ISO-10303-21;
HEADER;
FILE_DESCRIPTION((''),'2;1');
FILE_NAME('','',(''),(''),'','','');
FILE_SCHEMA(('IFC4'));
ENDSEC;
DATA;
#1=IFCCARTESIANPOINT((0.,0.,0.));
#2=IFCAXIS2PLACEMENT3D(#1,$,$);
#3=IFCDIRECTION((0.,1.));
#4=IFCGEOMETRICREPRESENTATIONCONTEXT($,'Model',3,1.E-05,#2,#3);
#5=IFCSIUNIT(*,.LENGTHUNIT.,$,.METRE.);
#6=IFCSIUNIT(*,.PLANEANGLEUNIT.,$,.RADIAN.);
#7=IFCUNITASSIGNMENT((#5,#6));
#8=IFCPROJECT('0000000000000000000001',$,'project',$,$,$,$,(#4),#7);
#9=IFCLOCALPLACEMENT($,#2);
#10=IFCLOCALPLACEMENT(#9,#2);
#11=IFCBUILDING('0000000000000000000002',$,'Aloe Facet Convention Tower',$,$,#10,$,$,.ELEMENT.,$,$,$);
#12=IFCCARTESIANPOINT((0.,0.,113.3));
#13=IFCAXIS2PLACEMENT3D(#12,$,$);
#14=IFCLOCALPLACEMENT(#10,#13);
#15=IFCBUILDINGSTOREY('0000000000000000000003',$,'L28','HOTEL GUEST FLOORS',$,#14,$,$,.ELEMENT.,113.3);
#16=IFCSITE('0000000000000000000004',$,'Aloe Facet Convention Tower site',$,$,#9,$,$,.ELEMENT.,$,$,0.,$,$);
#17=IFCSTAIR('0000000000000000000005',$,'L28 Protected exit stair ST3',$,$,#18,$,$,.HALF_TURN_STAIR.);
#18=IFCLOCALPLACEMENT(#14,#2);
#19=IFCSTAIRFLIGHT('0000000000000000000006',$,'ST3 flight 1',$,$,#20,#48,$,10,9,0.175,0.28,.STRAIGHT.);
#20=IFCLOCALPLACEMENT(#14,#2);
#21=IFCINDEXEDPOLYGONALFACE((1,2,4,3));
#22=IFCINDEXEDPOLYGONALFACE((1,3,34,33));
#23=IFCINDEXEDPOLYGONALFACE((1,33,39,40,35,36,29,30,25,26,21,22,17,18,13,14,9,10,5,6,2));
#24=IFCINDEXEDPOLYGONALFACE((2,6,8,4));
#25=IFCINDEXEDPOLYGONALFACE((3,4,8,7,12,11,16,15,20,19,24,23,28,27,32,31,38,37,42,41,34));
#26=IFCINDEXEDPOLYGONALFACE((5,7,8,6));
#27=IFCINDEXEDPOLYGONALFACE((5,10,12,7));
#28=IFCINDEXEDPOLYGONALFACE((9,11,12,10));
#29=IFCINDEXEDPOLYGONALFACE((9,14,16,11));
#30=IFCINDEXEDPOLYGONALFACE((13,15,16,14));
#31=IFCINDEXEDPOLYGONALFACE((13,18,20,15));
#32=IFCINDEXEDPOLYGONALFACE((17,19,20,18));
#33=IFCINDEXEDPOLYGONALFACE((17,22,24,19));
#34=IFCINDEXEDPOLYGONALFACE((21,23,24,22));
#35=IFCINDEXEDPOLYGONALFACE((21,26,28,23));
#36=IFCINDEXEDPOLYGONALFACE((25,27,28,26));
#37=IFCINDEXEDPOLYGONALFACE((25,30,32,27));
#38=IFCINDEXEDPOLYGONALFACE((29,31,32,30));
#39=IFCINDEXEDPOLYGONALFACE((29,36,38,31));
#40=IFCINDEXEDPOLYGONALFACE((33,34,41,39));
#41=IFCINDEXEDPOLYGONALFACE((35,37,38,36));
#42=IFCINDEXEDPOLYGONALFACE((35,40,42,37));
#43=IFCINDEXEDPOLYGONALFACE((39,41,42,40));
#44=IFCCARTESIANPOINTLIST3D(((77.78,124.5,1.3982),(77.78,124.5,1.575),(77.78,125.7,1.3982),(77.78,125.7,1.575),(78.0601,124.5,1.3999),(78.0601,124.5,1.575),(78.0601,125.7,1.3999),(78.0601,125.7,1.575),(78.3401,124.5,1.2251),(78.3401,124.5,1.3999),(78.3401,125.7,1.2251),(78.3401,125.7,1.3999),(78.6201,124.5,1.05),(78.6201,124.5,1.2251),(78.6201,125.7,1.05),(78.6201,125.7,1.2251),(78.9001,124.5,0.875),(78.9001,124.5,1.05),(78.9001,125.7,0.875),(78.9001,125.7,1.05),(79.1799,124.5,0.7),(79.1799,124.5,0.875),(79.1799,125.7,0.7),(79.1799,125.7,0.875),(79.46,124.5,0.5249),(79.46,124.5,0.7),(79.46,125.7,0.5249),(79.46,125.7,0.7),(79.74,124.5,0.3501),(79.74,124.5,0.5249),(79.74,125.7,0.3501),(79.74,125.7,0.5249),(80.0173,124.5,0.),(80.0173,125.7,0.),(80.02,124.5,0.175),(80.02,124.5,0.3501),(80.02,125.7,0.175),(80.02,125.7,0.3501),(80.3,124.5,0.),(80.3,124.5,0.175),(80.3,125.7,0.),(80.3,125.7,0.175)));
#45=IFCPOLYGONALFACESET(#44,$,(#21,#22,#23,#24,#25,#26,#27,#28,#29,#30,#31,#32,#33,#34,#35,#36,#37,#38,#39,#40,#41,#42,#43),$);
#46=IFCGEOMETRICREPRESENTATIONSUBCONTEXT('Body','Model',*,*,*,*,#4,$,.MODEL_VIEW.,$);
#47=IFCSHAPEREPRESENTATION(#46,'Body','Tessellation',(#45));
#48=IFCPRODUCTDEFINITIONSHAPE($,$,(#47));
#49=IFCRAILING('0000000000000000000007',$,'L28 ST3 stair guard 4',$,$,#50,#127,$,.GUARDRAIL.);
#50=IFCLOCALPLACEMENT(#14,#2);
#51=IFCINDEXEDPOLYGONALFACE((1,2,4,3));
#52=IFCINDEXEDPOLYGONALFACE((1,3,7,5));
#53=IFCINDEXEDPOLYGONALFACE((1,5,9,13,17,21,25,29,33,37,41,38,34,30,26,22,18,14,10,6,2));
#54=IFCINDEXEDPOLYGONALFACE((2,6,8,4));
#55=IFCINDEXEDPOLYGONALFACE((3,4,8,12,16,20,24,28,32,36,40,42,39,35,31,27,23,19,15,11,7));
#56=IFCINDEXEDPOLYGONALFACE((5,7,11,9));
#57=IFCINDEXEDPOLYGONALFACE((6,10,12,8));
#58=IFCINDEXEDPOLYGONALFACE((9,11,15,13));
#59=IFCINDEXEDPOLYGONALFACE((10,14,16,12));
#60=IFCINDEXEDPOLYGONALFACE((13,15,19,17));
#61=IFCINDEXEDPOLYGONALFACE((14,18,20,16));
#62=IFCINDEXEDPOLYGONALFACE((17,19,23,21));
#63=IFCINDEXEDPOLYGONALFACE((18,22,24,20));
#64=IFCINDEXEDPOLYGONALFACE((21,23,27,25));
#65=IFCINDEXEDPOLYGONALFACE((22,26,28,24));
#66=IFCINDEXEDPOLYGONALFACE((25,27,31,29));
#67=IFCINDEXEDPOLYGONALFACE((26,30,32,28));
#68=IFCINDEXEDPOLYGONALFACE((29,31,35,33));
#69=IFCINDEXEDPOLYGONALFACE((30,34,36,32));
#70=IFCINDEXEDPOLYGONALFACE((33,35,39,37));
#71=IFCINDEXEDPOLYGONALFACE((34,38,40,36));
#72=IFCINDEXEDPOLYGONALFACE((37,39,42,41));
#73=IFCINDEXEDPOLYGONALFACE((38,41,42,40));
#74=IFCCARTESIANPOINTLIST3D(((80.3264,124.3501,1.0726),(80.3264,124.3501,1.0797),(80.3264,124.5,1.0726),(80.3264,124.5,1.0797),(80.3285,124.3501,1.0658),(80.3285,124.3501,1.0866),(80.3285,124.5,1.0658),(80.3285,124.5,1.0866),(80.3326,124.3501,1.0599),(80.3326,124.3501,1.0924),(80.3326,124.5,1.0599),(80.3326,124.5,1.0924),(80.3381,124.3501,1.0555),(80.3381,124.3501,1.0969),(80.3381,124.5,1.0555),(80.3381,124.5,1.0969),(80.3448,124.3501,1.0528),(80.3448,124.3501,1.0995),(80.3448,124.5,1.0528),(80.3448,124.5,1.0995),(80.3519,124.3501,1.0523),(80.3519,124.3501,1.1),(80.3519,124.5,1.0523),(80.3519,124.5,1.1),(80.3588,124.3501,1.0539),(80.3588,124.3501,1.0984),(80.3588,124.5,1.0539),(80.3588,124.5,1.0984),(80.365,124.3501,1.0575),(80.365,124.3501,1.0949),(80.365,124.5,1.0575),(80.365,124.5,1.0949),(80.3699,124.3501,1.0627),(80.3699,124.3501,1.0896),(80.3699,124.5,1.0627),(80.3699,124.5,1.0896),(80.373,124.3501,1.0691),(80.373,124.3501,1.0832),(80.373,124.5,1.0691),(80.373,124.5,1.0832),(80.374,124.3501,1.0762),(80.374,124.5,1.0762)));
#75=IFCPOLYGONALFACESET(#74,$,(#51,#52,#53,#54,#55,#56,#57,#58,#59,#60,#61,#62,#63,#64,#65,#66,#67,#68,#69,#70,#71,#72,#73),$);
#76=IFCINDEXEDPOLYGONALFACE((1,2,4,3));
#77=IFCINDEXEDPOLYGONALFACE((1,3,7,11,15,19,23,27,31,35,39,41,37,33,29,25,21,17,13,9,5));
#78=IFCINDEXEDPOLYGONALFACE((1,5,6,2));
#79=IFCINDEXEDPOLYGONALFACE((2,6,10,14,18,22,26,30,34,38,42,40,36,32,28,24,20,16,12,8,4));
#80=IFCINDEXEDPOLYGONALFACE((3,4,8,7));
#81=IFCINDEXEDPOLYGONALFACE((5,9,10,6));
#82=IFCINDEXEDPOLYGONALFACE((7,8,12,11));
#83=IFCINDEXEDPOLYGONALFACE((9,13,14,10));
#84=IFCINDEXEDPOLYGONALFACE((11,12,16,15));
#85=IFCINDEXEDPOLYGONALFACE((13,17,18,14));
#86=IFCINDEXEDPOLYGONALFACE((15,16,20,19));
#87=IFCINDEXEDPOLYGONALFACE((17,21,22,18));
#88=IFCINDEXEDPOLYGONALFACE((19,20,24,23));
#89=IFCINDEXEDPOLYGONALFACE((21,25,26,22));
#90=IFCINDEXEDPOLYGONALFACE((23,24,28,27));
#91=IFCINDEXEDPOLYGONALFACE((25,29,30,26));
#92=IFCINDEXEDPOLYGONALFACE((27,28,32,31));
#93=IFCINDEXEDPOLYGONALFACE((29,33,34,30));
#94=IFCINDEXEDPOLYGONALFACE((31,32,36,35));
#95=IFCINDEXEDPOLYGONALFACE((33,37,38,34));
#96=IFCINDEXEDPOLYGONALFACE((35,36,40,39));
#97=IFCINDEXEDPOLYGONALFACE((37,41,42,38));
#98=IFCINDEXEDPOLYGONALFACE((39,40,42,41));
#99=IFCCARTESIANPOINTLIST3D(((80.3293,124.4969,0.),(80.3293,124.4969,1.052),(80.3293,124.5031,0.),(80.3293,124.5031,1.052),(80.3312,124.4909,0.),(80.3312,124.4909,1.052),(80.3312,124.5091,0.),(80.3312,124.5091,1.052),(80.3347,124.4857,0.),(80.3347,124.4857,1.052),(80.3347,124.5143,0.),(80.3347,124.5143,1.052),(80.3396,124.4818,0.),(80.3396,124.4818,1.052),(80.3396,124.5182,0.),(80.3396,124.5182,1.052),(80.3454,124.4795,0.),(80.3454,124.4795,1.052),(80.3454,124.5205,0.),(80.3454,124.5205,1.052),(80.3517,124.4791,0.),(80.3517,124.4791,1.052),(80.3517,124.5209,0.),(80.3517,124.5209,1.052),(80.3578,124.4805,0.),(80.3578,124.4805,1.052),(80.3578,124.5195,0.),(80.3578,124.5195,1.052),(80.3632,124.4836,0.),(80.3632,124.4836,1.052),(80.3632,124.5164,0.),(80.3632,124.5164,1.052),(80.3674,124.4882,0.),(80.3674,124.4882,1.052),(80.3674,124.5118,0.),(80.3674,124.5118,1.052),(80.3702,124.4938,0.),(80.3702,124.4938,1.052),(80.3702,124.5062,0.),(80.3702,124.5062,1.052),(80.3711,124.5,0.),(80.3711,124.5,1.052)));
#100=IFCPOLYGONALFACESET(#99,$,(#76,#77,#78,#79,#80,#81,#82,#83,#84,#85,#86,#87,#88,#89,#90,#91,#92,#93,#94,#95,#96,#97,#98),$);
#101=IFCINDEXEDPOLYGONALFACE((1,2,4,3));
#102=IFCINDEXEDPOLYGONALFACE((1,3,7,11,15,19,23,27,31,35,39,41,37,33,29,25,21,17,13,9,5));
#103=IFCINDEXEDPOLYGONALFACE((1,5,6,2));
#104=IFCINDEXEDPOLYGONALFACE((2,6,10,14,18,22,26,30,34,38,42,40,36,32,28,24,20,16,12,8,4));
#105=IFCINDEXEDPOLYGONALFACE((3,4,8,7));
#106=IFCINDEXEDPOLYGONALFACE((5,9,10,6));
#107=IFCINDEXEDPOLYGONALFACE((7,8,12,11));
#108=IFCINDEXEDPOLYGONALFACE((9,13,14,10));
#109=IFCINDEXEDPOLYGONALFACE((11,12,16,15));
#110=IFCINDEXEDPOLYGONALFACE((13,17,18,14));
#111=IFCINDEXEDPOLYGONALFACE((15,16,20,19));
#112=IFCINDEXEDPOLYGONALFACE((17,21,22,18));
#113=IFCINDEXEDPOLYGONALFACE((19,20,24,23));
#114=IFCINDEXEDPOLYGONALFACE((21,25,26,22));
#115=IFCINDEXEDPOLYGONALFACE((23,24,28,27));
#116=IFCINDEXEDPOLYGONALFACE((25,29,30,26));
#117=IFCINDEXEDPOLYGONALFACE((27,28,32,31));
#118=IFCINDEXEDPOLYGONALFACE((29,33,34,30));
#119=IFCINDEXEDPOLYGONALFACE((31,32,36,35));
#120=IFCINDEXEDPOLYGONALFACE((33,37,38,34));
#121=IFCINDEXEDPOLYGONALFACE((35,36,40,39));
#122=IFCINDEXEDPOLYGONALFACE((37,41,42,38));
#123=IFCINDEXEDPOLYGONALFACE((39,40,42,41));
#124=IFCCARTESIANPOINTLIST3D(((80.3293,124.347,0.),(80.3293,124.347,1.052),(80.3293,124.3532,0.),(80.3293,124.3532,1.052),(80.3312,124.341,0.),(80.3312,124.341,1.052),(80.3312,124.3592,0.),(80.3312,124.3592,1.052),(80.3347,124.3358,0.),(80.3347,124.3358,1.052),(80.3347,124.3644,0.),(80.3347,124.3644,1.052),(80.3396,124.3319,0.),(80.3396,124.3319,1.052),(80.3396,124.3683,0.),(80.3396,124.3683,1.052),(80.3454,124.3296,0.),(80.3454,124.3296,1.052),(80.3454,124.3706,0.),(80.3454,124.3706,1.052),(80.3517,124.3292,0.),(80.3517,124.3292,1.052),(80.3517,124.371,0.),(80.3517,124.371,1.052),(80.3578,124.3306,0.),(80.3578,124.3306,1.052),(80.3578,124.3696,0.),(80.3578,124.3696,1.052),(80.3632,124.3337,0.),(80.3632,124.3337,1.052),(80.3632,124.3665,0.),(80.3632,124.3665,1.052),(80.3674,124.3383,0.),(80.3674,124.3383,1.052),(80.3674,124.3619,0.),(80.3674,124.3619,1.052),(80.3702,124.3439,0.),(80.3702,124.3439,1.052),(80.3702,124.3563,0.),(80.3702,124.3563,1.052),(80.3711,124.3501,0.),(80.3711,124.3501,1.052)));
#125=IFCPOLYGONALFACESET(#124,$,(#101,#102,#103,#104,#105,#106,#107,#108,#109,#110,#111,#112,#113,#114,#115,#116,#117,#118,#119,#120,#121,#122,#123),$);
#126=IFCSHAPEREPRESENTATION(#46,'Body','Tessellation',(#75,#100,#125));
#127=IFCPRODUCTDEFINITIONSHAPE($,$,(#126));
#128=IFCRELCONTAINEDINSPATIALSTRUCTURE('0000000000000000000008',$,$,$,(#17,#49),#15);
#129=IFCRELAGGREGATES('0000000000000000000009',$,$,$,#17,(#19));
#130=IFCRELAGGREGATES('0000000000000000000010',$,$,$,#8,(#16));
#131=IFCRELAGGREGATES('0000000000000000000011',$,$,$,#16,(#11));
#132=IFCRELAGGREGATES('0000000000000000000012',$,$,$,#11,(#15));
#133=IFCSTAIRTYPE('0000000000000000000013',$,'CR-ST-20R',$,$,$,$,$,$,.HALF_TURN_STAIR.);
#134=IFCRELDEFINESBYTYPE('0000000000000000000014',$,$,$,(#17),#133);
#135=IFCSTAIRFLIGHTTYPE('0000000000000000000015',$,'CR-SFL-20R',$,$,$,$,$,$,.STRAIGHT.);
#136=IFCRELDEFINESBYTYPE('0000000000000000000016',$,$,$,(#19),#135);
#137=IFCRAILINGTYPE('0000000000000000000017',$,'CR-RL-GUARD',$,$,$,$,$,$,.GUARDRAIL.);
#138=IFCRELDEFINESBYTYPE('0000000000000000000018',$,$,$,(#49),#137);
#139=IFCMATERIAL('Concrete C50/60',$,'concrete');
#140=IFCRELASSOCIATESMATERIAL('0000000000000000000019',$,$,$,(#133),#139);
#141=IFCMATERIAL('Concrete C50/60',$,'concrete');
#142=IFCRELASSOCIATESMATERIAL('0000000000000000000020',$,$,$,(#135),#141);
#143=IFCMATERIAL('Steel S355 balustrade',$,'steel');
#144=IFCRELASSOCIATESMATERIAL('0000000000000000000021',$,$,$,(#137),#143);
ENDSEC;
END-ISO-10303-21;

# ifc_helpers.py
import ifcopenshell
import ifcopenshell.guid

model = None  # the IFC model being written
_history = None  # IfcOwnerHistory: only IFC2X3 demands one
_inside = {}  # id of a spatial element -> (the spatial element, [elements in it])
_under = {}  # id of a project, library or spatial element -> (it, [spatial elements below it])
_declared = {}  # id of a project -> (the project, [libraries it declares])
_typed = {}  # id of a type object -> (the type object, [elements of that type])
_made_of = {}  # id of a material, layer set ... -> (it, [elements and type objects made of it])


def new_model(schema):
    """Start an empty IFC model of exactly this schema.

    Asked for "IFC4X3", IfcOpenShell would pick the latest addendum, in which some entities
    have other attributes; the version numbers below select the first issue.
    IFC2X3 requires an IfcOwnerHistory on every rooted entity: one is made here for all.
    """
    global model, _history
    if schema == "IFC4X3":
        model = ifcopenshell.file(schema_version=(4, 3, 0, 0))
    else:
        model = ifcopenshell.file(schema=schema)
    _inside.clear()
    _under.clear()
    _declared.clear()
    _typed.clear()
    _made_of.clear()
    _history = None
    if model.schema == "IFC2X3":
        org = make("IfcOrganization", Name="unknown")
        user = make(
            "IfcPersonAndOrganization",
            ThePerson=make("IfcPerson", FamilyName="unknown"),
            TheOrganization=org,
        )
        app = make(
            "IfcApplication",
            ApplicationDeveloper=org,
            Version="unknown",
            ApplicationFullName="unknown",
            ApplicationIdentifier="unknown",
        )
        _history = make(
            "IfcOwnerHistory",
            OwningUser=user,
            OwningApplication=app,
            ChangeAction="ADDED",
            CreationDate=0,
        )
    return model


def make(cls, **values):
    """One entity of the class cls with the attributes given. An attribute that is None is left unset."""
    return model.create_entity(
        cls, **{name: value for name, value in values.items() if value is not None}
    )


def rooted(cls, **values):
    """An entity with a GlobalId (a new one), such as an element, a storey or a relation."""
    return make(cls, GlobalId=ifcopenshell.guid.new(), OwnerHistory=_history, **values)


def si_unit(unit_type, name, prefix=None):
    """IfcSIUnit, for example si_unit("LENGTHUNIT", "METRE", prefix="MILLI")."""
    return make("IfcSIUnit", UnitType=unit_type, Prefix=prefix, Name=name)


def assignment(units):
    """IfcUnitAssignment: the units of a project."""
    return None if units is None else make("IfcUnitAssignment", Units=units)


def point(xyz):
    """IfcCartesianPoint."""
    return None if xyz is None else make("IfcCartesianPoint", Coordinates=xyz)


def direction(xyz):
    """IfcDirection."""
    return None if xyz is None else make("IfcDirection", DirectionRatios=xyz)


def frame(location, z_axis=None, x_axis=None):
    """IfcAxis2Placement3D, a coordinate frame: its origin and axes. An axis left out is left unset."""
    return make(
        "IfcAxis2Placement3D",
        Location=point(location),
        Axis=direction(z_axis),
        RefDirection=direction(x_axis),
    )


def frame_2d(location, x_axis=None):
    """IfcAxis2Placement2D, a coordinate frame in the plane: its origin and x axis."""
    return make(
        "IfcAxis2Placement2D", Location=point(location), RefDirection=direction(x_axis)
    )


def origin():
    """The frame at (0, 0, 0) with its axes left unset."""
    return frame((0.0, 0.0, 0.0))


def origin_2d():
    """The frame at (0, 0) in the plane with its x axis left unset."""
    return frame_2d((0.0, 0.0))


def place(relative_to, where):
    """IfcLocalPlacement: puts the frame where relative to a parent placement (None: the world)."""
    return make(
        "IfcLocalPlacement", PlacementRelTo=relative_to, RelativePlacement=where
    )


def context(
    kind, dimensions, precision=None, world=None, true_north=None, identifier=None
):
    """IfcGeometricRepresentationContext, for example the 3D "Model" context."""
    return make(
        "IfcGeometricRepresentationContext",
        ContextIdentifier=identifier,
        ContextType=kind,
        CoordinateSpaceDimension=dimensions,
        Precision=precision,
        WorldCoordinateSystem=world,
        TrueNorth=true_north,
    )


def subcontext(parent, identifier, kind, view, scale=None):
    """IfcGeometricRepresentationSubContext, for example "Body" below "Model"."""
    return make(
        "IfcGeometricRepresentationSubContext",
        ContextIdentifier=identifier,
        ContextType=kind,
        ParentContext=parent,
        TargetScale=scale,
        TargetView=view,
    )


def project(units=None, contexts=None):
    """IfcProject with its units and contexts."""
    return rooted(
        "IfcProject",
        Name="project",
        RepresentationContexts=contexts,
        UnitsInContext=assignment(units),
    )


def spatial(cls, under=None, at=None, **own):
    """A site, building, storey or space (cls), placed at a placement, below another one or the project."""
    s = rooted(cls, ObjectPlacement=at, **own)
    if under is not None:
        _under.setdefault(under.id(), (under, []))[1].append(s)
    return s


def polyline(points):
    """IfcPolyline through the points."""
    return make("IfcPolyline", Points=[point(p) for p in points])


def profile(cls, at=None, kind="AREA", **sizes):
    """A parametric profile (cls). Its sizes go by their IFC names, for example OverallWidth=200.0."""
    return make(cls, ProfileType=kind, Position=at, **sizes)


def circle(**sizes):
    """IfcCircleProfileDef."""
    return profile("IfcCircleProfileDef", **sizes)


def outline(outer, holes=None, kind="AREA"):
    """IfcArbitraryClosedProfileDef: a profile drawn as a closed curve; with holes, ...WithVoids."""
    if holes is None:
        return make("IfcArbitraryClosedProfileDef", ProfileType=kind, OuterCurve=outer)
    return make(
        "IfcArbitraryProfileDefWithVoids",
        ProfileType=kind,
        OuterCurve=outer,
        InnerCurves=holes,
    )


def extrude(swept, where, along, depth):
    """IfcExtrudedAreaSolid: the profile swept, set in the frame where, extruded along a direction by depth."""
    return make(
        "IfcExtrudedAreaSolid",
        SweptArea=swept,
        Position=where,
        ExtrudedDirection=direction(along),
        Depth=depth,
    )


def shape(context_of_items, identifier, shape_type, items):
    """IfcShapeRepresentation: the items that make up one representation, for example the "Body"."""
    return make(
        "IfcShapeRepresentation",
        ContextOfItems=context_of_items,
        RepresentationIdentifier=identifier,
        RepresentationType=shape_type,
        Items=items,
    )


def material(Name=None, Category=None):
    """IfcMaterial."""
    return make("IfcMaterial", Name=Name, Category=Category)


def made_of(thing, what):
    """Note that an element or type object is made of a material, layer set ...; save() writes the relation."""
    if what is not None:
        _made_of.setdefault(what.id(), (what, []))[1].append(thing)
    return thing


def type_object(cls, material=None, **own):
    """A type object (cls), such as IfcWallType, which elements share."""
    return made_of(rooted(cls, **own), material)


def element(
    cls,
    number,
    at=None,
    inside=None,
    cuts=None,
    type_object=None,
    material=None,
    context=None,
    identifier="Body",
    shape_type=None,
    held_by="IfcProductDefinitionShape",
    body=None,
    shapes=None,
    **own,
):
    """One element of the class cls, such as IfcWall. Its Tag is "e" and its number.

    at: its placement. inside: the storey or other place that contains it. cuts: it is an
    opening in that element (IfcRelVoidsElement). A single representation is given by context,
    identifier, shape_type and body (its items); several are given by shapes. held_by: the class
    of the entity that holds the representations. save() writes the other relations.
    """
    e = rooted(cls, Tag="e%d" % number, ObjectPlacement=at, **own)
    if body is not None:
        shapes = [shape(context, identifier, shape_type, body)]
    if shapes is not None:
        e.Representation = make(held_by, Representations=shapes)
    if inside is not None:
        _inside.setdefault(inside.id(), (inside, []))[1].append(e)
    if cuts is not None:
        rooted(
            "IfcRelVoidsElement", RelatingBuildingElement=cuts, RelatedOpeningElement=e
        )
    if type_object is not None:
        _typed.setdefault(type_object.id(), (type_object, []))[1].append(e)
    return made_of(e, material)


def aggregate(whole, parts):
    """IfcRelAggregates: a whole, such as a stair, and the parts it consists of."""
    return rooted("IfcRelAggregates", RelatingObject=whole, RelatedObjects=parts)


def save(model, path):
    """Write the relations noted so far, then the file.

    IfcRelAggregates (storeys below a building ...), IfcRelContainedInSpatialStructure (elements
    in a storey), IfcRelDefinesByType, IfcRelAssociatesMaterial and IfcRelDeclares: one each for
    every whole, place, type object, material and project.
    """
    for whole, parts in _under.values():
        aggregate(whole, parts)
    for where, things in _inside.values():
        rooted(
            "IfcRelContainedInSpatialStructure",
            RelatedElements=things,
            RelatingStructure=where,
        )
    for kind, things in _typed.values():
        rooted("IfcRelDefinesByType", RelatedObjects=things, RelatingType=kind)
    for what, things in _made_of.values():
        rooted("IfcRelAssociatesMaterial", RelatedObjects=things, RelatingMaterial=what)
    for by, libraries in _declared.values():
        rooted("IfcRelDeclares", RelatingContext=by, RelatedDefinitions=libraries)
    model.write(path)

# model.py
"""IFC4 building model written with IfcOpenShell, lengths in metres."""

from ifc_helpers import new_model, si_unit, direction, frame, origin, origin_2d, place, context, subcontext, project, spatial, polyline, circle, outline, extrude, material, type_object, element, aggregate, save


model = new_model("IFC4")

# Units and contexts
model_context = context("Model", 3, precision=1e-05, world=origin(), true_north=direction((0.0, 1.0)))
body_context = subcontext(model_context, "Body", "Model", "MODEL_VIEW")
ifc_project = project(units=[si_unit("LENGTHUNIT", "METRE"), si_unit("PLANEANGLEUNIT", "RADIAN")], contexts=[model_context])

# Site, building, storey
site_placement = place(None, origin())
site = spatial("IfcSite", under=ifc_project, at=site_placement, Name="Aloe Facet Convention Tower site", CompositionType="ELEMENT", RefElevation=0.0)
building_placement = place(site_placement, origin())
building = spatial("IfcBuilding", under=site, at=building_placement, Name="Aloe Facet Convention Tower", CompositionType="ELEMENT")
storey_placement = place(building_placement, frame((0.0, 0.0, 113.3)))
storey = spatial("IfcBuildingStorey", under=building, at=storey_placement, Name="L28", Description="HOTEL GUEST FLOORS", CompositionType="ELEMENT", Elevation=113.3)

# Stair, stair flight
ifc_material_1 = material(Name="Concrete C50/60", Category="concrete")
stair_type = type_object("IfcStairType", Name="CR-ST-20R", PredefinedType="HALF_TURN_STAIR", material=ifc_material_1)
stair_placement = place(storey_placement, origin())
stair = element("IfcStair", 1, at=stair_placement, inside=storey, type_object=stair_type, Name="L28 Protected exit stair ST3", PredefinedType="HALF_TURN_STAIR")
ifc_material_2 = material(Name="Concrete C50/60", Category="concrete")
stair_flight_type = type_object("IfcStairFlightType", Name="CR-SFL-20R", PredefinedType="STRAIGHT", material=ifc_material_2)
stair_flight_placement = place(storey_placement, frame((80.3, 125.1001, 0.0), z_axis=(0.0, 0.0, 1.0), x_axis=(-1.0, 0.0, 0.0)))
stair_flight = element("IfcStairFlight", 2, at=stair_flight_placement, type_object=stair_flight_type, Name="ST3 flight 1", NumberOfRisers=10, NumberOfTreads=9, PredefinedType="STRAIGHT", RiserHeight=0.175, TreadLength=0.28, context=body_context, shape_type="SweptSolid", body=[
    extrude(outline(polyline([(0.0, 0.0), (0.0, 0.175), (0.28, 0.175), (0.28, 0.3501), (0.5601, 0.3501), (0.5601, 0.5249), (0.8401, 0.5249), (0.8401, 0.7), (1.1201, 0.7), (1.1201, 0.875), (1.3999, 0.875), (1.3999, 1.05), (1.6799, 1.05), (1.6799, 1.2251), (1.96, 1.2251), (1.96, 1.3999), (2.24, 1.3999), (2.24, 1.575), (2.52, 1.575), (2.52, 1.75), (2.52, 1.3982), (0.2827, 0.0), (0.0, 0.0)])), frame((0.0, 0.6001, 0.0), z_axis=(0.0, -1.0, 0.0), x_axis=(1.0, 0.0, 0.0)), (0.0, 0.0, 1.0), 1.2),
])
aggregate(stair, [stair_flight])

# Railing
ifc_material_3 = material(Name="Steel S355 balustrade", Category="steel")
railing_type_1 = type_object("IfcRailingType", Name="CR-RL-GUARD", PredefinedType="GUARDRAIL", material=ifc_material_3)
railing_1_placement = place(storey_placement, frame((80.3501, 124.5, 0.0)))
element("IfcRailing", 3, at=railing_1_placement, inside=storey, type_object=railing_type_1, Name="L28 ST3 stair guard 4", PredefinedType="GUARDRAIL", context=body_context, shape_type="SweptSolid", body=[
    extrude(circle(Radius=0.0239, at=origin_2d()), frame((0.0, 0.0, 1.0762), z_axis=(0.0, -1.0, 0.0), x_axis=(1.0, 0.0, 0.0)), (0.0, 0.0, 1.0), 0.1499),
    extrude(circle(Radius=0.021, at=origin_2d()), origin(), (0.0, 0.0, 1.0), 1.052),
    extrude(circle(Radius=0.021, at=origin_2d()), frame((0.0, -0.1499, 0.0)), (0.0, 0.0, 1.0), 1.052),
])

save(model, "model.ifc")
